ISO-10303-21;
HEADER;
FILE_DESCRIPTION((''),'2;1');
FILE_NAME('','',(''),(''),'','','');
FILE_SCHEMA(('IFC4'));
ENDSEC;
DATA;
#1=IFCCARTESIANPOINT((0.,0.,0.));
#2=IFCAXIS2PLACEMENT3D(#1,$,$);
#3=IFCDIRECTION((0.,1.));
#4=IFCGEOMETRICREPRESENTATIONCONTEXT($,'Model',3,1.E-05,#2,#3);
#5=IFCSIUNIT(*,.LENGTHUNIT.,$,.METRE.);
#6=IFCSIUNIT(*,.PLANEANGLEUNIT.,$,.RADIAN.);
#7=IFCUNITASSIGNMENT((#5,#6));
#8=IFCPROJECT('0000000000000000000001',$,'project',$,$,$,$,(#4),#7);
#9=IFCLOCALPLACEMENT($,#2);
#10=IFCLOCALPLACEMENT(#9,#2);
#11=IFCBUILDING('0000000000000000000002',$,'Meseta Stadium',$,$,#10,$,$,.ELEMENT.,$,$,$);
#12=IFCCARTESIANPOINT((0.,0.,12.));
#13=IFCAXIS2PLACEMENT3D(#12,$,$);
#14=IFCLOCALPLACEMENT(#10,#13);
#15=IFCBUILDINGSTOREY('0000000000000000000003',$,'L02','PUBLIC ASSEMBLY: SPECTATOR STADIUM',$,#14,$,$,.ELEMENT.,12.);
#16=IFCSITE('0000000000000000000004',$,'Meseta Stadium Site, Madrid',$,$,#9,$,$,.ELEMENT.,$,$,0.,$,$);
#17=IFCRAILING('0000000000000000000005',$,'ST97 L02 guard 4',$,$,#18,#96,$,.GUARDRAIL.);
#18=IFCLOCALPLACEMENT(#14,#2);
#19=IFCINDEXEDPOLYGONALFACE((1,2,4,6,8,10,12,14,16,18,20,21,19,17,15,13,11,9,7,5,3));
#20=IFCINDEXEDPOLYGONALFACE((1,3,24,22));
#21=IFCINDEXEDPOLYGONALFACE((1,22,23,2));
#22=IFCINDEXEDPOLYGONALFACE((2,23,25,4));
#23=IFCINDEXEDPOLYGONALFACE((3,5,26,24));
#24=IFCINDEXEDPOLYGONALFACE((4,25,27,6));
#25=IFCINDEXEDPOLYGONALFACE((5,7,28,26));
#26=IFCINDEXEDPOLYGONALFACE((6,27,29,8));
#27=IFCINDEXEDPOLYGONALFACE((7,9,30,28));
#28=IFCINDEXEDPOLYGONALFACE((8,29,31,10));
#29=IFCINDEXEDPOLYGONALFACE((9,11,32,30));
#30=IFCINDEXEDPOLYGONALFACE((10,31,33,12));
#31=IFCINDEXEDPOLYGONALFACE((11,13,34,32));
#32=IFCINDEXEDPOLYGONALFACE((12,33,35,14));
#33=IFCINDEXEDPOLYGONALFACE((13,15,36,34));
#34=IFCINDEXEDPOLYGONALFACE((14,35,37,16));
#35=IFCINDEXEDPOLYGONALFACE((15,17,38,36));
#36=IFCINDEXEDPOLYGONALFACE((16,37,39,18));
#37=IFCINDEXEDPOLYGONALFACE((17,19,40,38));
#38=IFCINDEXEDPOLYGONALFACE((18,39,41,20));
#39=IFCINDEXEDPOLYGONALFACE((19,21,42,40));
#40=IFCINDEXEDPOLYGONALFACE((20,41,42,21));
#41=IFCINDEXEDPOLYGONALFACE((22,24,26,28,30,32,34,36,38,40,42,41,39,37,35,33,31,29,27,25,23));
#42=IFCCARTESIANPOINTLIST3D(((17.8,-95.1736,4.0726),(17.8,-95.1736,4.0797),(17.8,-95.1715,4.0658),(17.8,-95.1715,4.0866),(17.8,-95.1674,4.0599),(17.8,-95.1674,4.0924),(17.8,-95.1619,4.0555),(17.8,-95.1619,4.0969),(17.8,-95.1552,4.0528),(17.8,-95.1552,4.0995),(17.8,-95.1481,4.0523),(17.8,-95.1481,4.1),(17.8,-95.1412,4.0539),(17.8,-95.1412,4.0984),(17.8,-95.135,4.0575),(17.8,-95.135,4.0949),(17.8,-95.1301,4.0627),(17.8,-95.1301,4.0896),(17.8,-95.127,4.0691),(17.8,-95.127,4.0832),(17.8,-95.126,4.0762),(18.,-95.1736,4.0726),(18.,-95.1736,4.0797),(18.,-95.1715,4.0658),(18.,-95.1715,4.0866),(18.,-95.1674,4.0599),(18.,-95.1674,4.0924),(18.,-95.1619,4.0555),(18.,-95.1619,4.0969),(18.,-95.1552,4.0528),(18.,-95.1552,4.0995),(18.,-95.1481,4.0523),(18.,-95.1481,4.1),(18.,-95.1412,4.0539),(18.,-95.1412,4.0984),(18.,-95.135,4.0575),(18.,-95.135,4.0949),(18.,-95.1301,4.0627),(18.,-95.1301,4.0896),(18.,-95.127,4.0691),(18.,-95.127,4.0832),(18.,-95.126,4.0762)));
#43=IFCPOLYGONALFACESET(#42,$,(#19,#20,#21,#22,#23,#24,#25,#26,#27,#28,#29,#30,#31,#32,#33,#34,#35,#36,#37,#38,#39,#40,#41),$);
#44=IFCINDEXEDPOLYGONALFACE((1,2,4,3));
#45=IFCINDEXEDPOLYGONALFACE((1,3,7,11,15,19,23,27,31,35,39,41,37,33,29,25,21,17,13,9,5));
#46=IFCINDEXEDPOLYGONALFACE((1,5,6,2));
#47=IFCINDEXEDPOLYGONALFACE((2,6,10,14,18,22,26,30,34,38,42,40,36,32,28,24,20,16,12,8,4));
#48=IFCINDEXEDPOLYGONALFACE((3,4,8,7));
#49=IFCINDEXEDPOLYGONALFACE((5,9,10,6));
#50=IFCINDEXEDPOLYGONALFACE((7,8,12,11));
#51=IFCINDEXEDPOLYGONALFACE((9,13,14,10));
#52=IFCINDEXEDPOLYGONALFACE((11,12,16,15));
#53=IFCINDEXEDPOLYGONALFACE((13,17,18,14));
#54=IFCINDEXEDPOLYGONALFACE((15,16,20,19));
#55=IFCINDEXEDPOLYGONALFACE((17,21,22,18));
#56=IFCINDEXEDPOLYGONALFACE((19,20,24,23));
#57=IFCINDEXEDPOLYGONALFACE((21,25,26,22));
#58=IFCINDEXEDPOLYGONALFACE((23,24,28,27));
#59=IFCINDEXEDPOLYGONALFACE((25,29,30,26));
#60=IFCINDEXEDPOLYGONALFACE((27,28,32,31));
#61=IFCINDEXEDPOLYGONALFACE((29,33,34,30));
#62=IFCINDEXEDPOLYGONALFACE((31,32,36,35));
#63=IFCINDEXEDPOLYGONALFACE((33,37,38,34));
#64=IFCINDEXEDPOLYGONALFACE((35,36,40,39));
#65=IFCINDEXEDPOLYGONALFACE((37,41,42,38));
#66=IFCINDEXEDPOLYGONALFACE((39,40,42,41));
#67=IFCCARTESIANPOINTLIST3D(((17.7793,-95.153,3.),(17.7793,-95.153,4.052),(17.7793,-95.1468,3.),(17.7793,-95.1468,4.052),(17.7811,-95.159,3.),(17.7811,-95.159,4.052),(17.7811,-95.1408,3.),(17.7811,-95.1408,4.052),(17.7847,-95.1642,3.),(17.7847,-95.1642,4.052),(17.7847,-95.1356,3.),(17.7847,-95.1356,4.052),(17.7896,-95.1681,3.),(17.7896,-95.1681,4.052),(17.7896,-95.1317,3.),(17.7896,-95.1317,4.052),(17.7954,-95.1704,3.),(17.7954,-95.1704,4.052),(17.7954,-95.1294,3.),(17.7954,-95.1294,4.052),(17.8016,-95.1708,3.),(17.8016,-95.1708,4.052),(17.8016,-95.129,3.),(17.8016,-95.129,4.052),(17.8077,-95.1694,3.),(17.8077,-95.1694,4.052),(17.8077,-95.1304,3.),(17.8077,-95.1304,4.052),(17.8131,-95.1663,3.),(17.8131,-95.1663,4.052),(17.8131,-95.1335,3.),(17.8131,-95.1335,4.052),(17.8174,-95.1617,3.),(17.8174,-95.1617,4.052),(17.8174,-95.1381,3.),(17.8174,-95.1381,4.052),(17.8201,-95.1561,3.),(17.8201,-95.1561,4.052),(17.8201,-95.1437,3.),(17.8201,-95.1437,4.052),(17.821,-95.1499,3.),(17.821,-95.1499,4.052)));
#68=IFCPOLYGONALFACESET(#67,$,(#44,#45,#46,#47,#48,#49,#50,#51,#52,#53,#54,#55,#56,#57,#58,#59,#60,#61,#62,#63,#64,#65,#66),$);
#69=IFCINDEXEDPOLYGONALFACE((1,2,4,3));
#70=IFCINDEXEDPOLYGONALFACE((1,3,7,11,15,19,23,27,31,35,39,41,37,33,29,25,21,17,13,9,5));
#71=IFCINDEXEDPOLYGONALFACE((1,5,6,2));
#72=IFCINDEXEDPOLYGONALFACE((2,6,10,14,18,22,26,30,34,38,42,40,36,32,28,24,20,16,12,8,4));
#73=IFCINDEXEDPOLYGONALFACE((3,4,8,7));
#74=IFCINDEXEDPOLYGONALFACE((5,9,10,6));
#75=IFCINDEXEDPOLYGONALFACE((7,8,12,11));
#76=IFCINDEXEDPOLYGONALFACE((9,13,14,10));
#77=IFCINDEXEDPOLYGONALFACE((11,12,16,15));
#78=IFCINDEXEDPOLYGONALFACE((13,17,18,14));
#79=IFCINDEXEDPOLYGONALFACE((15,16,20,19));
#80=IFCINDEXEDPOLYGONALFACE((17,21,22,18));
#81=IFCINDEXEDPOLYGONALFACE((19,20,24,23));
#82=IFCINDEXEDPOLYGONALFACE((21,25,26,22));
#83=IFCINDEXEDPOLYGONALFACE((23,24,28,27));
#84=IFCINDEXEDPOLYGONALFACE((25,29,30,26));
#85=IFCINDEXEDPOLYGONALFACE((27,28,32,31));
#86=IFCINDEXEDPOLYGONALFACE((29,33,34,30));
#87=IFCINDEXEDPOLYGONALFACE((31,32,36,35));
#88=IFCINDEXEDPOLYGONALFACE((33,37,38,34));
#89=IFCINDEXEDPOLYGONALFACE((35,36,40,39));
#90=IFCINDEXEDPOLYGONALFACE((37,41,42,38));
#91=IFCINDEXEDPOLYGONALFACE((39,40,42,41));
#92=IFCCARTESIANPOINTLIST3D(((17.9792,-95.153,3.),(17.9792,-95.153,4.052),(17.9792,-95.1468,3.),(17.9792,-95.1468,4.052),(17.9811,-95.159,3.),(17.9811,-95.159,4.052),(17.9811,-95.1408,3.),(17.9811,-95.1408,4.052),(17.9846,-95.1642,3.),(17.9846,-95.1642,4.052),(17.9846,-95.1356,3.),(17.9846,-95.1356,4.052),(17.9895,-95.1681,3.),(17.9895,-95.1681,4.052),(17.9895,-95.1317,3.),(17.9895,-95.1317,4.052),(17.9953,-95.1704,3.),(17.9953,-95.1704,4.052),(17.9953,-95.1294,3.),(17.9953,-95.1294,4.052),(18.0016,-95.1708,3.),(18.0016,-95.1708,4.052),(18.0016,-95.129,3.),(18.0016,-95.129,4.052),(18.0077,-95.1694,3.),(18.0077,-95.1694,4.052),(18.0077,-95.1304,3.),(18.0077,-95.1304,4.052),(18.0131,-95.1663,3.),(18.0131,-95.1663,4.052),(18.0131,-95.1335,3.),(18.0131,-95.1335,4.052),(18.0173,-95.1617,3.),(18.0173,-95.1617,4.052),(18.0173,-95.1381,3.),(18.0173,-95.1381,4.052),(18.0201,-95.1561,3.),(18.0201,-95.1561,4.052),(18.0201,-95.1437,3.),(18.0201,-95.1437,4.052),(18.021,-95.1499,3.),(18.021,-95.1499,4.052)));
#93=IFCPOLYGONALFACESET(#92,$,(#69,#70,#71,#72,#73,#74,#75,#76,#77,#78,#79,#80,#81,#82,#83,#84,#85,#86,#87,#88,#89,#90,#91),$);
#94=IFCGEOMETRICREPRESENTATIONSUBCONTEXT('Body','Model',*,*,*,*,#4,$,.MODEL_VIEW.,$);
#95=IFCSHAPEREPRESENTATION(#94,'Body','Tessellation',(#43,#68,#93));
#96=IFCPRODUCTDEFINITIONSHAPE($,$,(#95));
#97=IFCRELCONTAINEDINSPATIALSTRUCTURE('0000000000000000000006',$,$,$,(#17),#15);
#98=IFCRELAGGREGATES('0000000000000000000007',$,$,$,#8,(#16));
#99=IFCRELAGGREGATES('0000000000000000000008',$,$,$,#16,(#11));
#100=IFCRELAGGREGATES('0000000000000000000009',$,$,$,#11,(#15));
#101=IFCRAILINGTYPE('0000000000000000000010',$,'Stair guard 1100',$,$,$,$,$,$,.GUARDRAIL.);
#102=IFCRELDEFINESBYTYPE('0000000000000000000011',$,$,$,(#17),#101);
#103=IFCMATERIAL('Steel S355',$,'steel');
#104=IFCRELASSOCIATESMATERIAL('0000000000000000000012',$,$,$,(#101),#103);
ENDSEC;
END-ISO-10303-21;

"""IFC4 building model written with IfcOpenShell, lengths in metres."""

from ifc_helpers import new_model, si_unit, direction, frame, origin, origin_2d, place, context, subcontext, project, spatial, circle, extrude, material, type_object, element, save


model = new_model("IFC4")

# Units and contexts
model_context = context("Model", 3, precision=1e-05, world=origin(), true_north=direction((0.0, 1.0)))
body_context = subcontext(model_context, "Body", "Model", "MODEL_VIEW")
ifc_project = project(units=[si_unit("LENGTHUNIT", "METRE"), si_unit("PLANEANGLEUNIT", "RADIAN")], contexts=[model_context])

# Site, building, storey
site_placement = place(None, origin())
site = spatial("IfcSite", under=ifc_project, at=site_placement, Name="Meseta Stadium Site, Madrid", CompositionType="ELEMENT", RefElevation=0.0)
building_placement = place(site_placement, origin())
building = spatial("IfcBuilding", under=site, at=building_placement, Name="Meseta Stadium", CompositionType="ELEMENT")
storey_placement = place(building_placement, frame((0.0, 0.0, 12.0)))
storey = spatial("IfcBuildingStorey", under=building, at=storey_placement, Name="L02", Description="PUBLIC ASSEMBLY: SPECTATOR STADIUM", CompositionType="ELEMENT", Elevation=12.0)

# Railing
ifc_material_1 = material(Name="Steel S355", Category="steel")
railing_type_1 = type_object("IfcRailingType", Name="Stair guard 1100", PredefinedType="GUARDRAIL", material=ifc_material_1)
railing_1_placement = place(storey_placement, frame((17.8, -95.1499, 3.0)))
element("IfcRailing", 1, at=railing_1_placement, inside=storey, type_object=railing_type_1, Name="ST97 L02 guard 4", PredefinedType="GUARDRAIL", context=body_context, shape_type="SweptSolid", body=[
    extrude(circle(Radius=0.0239, at=origin_2d()), frame((0.0, 0.0, 1.0762), z_axis=(1.0, 0.0, 0.0), x_axis=(0.0, 1.0, 0.0)), (0.0, 0.0, 1.0), 0.2),
    extrude(circle(Radius=0.021, at=origin_2d()), origin(), (0.0, 0.0, 1.0), 1.052),
    extrude(circle(Radius=0.021, at=origin_2d()), frame((0.2, 0.0, 0.0)), (0.0, 0.0, 1.0), 1.052),
])

save(model, "model.ifc")
